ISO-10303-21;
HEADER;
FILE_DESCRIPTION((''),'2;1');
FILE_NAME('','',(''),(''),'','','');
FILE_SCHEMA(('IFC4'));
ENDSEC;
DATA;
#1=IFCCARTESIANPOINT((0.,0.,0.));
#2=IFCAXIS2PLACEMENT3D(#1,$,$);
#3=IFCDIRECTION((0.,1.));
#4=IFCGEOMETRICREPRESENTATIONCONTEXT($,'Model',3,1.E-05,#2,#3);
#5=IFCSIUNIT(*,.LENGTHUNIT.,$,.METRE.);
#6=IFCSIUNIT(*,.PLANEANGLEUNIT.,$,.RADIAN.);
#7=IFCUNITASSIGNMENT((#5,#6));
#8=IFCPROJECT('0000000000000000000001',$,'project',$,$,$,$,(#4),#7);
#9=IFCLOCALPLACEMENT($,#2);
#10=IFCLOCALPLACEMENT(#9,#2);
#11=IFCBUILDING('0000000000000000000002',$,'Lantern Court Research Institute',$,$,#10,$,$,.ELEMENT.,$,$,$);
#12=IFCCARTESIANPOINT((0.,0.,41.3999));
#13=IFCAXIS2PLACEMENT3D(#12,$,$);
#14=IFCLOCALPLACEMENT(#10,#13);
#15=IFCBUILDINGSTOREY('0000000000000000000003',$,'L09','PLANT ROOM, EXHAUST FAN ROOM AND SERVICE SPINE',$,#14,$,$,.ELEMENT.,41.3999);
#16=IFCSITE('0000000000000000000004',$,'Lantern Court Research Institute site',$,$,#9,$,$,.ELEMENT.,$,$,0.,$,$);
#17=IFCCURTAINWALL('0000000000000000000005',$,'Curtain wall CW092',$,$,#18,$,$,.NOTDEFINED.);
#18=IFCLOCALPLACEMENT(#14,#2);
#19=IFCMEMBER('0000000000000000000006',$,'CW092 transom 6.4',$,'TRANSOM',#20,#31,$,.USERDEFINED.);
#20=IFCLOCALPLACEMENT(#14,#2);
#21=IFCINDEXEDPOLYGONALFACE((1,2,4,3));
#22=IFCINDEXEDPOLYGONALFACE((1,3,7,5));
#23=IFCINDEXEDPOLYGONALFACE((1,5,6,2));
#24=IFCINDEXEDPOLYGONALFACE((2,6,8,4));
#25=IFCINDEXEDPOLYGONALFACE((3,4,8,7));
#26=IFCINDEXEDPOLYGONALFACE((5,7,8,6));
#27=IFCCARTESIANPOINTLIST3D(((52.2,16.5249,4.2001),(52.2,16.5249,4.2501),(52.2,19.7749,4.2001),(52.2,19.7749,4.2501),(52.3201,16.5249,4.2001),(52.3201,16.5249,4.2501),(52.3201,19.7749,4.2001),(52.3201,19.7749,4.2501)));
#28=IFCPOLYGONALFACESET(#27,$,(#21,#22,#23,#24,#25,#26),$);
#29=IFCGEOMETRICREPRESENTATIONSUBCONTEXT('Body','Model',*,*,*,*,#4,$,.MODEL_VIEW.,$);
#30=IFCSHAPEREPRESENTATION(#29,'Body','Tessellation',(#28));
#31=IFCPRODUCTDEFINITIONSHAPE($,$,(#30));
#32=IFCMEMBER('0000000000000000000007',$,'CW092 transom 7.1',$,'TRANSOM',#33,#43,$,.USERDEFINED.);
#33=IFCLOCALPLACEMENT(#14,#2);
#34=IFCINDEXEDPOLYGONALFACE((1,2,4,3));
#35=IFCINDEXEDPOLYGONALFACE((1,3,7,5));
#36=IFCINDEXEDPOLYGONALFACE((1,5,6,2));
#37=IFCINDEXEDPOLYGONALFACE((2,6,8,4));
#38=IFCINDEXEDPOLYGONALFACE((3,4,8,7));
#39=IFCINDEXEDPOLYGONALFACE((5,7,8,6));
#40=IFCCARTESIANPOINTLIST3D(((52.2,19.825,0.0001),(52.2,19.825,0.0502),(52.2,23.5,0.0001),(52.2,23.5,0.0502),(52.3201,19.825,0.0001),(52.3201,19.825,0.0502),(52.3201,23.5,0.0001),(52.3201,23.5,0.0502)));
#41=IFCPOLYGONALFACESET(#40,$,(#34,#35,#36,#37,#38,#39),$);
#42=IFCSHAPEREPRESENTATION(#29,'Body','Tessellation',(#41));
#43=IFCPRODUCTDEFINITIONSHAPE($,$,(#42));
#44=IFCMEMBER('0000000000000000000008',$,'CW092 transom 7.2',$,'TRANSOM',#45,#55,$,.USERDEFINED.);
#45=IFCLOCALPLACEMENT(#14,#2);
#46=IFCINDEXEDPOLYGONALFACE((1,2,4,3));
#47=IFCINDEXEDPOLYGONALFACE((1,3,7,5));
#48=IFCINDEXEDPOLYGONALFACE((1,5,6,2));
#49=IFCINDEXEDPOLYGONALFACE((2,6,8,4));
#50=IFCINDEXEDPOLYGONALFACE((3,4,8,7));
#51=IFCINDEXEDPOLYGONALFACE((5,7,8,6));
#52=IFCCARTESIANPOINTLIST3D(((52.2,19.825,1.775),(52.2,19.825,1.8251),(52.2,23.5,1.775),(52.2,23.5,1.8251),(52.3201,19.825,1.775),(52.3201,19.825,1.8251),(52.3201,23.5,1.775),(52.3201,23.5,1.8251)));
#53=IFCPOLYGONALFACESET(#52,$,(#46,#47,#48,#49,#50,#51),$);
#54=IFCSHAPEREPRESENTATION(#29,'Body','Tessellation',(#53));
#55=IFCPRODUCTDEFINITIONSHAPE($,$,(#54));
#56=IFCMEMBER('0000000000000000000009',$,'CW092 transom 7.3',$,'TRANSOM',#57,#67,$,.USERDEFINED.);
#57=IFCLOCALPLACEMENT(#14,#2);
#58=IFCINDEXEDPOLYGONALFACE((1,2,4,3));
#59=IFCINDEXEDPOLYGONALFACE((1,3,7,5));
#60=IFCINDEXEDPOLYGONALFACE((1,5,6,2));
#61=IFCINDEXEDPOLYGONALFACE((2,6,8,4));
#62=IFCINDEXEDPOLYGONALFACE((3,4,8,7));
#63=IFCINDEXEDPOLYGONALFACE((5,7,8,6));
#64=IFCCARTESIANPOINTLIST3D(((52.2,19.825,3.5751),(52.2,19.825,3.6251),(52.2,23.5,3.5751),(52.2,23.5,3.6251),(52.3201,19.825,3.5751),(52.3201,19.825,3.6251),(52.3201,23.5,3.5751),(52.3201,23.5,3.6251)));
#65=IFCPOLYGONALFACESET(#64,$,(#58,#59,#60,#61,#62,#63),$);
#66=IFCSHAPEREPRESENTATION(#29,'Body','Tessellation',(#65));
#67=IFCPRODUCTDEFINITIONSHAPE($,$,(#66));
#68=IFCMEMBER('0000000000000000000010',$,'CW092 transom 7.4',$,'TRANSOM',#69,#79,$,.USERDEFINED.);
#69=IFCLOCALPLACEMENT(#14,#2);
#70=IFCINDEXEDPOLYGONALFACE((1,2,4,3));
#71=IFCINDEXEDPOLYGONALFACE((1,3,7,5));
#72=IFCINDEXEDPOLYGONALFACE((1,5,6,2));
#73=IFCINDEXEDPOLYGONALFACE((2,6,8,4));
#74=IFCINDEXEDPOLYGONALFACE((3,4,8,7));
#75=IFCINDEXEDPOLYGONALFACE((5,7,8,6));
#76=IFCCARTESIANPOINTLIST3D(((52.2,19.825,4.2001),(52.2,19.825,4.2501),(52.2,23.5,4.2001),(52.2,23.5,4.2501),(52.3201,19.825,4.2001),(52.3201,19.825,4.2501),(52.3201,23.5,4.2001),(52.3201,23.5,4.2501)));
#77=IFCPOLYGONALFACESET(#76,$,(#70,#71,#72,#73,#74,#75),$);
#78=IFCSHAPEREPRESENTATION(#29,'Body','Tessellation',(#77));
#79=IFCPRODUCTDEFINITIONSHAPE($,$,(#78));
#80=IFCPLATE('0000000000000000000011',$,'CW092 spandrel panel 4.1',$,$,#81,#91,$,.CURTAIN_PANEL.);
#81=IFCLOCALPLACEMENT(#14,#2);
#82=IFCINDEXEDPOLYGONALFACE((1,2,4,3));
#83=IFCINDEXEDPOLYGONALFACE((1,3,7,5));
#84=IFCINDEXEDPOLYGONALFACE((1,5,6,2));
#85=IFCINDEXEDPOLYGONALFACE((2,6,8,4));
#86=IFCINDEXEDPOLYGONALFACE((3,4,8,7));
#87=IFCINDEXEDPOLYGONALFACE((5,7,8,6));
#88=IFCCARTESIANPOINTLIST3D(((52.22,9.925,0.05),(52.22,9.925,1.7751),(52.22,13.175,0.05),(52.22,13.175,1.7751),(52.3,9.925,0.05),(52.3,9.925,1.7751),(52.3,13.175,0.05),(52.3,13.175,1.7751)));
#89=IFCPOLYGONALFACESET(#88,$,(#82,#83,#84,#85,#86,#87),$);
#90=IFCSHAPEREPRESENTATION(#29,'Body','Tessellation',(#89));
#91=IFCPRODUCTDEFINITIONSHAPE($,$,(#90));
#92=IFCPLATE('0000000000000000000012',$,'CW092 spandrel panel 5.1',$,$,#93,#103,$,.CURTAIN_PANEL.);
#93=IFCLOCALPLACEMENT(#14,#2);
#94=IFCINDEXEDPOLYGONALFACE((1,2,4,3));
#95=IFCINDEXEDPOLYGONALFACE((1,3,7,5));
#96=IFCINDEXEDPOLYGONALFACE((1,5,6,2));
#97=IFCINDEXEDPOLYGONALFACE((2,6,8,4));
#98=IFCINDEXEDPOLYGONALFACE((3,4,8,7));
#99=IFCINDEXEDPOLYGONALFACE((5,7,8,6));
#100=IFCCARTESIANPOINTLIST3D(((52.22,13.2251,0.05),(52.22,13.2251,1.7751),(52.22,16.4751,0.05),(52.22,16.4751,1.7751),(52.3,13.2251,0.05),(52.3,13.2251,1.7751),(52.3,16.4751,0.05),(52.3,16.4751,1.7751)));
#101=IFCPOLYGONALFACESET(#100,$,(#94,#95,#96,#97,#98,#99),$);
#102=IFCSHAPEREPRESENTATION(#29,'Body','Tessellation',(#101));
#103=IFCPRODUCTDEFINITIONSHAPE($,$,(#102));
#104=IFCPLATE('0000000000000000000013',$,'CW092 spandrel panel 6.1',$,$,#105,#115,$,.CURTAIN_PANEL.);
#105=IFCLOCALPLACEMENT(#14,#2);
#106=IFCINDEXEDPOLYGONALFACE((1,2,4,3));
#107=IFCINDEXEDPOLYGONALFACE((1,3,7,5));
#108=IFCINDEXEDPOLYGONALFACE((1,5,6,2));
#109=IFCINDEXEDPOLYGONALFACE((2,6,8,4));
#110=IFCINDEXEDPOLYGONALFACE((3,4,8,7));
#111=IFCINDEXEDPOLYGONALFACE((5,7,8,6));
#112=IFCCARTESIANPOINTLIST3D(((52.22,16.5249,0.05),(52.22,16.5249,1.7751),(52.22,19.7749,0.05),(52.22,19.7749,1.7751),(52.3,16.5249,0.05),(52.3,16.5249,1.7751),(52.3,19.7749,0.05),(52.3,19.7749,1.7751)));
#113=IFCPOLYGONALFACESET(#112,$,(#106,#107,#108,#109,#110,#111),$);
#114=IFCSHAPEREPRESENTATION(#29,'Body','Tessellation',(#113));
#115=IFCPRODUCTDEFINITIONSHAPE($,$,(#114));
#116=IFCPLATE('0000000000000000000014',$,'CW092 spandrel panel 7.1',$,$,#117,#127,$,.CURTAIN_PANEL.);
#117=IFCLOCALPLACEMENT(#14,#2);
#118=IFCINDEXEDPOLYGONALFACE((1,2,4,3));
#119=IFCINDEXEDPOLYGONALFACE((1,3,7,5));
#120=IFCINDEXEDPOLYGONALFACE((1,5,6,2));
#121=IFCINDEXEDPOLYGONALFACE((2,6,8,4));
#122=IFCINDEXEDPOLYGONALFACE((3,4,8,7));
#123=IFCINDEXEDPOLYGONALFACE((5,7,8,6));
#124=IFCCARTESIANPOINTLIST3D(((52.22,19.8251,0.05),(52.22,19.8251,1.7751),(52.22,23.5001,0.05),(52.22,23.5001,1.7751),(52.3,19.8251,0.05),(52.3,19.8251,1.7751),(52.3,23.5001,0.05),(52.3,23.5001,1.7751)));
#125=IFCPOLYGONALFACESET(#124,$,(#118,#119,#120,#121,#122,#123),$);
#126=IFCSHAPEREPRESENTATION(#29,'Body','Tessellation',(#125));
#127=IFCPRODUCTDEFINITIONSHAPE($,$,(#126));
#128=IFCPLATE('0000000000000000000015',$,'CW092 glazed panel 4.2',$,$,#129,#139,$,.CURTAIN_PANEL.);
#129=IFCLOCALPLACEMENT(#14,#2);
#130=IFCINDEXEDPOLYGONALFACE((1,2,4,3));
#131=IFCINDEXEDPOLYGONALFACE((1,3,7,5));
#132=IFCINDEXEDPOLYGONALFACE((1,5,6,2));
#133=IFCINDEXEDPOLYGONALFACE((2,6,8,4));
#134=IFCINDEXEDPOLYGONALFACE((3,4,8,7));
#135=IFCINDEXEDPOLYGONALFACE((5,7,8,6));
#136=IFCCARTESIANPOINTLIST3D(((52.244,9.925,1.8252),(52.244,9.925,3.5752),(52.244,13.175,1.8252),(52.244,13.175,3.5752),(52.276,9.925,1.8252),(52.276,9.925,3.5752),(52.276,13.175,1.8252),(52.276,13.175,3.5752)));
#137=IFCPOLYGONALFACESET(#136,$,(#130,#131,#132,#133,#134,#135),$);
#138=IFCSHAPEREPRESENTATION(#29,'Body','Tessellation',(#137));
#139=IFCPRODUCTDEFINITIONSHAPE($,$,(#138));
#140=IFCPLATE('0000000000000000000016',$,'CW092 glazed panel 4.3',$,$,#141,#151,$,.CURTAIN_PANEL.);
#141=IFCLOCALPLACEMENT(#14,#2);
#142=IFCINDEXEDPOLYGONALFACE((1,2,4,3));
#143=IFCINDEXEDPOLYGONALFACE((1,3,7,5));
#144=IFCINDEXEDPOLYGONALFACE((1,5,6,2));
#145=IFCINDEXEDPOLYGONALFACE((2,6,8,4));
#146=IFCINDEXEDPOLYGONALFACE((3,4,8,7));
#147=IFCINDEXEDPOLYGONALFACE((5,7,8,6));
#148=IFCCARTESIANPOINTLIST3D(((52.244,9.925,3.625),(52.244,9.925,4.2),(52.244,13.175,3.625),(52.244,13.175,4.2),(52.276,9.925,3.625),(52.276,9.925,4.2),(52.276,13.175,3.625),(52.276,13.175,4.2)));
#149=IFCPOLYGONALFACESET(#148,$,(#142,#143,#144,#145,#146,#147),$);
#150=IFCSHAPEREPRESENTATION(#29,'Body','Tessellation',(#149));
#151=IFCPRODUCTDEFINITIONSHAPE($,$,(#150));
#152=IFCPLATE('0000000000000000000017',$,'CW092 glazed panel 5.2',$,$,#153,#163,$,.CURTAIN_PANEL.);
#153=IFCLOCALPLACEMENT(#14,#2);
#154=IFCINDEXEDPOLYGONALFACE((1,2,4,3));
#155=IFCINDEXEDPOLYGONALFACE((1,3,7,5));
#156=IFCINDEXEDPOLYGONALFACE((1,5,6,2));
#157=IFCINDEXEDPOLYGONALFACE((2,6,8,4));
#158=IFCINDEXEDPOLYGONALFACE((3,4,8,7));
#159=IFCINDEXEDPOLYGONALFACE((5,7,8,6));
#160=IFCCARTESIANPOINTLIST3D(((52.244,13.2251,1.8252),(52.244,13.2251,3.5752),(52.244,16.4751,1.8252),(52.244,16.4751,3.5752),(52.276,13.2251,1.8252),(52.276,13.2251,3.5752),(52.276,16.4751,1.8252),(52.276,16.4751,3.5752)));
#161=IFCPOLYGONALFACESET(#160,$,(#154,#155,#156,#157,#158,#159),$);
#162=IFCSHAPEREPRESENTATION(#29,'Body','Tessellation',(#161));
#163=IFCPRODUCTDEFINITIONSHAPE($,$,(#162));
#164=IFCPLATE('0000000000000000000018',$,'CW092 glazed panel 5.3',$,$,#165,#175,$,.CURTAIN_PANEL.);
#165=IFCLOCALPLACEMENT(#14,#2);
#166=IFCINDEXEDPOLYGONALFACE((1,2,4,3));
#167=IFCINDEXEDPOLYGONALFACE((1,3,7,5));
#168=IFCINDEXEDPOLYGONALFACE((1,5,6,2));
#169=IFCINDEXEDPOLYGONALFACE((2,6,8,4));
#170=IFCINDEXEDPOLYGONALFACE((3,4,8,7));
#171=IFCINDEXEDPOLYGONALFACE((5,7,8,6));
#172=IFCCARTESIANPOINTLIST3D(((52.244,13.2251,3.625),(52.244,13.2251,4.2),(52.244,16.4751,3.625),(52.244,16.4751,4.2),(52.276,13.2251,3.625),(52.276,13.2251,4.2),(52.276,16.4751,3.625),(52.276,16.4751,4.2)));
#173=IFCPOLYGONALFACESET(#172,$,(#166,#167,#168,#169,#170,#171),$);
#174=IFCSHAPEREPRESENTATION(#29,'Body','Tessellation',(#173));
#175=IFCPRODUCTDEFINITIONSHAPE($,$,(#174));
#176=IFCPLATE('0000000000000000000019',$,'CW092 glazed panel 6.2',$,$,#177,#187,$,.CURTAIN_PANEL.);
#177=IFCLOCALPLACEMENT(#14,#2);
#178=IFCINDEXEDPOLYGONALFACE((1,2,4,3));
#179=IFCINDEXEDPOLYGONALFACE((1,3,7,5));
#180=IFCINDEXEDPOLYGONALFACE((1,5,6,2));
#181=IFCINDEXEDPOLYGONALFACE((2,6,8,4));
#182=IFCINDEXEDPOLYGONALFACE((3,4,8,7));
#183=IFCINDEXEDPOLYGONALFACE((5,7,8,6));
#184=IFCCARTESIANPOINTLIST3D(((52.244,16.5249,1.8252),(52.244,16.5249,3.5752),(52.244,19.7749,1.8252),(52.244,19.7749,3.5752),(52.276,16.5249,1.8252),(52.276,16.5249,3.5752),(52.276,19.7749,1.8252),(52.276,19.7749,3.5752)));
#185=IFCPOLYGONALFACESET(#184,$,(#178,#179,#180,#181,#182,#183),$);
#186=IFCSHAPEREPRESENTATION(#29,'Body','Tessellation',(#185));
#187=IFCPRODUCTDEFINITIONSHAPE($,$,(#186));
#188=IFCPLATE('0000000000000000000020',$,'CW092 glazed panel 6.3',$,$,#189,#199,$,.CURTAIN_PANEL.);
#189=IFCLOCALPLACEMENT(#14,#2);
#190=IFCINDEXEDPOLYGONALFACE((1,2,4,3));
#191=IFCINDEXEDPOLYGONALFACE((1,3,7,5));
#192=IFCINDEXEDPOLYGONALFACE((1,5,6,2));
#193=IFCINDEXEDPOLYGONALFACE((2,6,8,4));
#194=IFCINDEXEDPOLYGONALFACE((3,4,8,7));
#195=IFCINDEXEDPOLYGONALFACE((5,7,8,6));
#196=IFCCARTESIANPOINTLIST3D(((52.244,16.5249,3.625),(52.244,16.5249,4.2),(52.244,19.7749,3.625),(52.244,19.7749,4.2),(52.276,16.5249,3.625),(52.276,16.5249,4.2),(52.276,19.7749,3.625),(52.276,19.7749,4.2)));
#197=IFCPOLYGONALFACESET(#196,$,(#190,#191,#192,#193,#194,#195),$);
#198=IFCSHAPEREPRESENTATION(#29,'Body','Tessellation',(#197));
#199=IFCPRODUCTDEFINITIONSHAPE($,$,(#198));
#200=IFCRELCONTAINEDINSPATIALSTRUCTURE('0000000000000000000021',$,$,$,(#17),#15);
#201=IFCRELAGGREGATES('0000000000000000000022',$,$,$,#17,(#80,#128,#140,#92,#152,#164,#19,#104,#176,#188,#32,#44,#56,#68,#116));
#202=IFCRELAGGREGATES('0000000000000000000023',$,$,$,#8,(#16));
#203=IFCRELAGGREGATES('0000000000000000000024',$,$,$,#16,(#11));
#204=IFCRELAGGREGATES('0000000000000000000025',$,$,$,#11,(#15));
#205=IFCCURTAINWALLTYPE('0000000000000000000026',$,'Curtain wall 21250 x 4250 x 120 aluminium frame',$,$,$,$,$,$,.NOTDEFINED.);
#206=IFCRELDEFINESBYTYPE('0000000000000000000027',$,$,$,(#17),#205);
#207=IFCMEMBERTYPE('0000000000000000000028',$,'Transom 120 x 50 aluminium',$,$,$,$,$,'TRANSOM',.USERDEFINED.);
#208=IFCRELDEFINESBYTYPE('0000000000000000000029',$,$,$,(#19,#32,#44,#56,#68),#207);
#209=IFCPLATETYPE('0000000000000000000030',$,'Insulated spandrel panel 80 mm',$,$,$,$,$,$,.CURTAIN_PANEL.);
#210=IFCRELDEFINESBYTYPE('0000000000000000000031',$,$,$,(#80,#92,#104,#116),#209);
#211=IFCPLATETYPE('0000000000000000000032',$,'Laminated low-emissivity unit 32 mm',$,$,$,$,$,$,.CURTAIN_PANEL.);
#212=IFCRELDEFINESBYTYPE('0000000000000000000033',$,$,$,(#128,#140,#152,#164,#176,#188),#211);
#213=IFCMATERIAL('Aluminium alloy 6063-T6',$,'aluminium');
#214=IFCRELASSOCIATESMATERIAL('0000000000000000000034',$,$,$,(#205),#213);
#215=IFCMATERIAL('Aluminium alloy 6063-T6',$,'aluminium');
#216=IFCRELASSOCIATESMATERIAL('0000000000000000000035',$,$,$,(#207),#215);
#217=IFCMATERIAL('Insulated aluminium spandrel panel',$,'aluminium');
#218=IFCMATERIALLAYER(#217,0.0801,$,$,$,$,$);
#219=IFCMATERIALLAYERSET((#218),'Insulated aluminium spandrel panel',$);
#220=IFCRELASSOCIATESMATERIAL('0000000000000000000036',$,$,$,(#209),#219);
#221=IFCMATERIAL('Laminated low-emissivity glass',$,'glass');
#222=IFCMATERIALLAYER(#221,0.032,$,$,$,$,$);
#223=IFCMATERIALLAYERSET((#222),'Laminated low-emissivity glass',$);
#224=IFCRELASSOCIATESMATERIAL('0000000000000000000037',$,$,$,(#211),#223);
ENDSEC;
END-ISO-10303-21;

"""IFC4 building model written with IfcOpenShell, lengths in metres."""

from ifc_helpers import new_model, si_unit, direction, frame, origin, origin_2d, place, context, subcontext, project, spatial, rectangle, extrude, material, layer, layer_set, material_profile, profile_set, type_object, element, aggregate, save


model = new_model("IFC4")

# Units and contexts
model_context = context("Model", 3, precision=1e-05, world=origin(), true_north=direction((0.0, 1.0)))
body_context = subcontext(model_context, "Body", "Model", "MODEL_VIEW")
ifc_project = project(units=[si_unit("LENGTHUNIT", "METRE"), si_unit("PLANEANGLEUNIT", "RADIAN")], contexts=[model_context])

# Site, building, storey
site_placement = place(None, origin())
site = spatial("IfcSite", under=ifc_project, at=site_placement, Name="Lantern Court Research Institute site", CompositionType="ELEMENT", RefElevation=0.0)
building_placement = place(site_placement, origin())
building = spatial("IfcBuilding", under=site, at=building_placement, Name="Lantern Court Research Institute", CompositionType="ELEMENT")
storey_placement = place(building_placement, frame((0.0, 0.0, 41.3999)))
storey = spatial("IfcBuildingStorey", under=building, at=storey_placement, Name="L09", Description="PLANT ROOM, EXHAUST FAN ROOM AND SERVICE SPINE", CompositionType="ELEMENT", Elevation=41.3999)

# Curtain wall, members, plates
ifc_material_1 = material(Name="Aluminium alloy 6063-T6", Category="aluminium")
curtain_wall_type = type_object("IfcCurtainWallType", Name="Curtain wall 21250 x 4250 x 120 aluminium frame", PredefinedType="NOTDEFINED", material=ifc_material_1)
curtain_wall_placement = place(storey_placement, origin())
curtain_wall = element("IfcCurtainWall", 1, at=curtain_wall_placement, inside=storey, type_object=curtain_wall_type, Name="Curtain wall CW092", PredefinedType="NOTDEFINED")
ifc_material_2 = material(Name="Aluminium alloy 6063-T6", Category="aluminium")
ifc_material_profile_1 = material_profile(ifc_material_2, rectangle(XDim=0.1201, YDim=0.05, at=origin_2d()), Name="Transom 120 x 50")
ifc_profile_set_1 = profile_set([ifc_material_profile_1], Name="Aluminium alloy 6063-T6")
member_type = type_object("IfcMemberType", Name="Transom 120 x 50 aluminium", ElementType="TRANSOM", PredefinedType="USERDEFINED", material=ifc_profile_set_1)
member_1_placement = place(storey_placement, frame((52.26, 16.5249, 4.2251), z_axis=(0.0, 1.0, 0.0), x_axis=(-1.0, 0.0, 0.0)))
member_1 = element("IfcMember", 2, at=member_1_placement, type_object=member_type, Name="CW092 transom 6.4", ObjectType="TRANSOM", PredefinedType="USERDEFINED", context=body_context, shape_type="SweptSolid", body=[
    extrude(rectangle(XDim=0.1201, YDim=0.05, at=origin_2d()), origin(), (0.0, 0.0, 1.0), 3.25),
])
member_2_placement = place(storey_placement, frame((52.26, 19.825, 0.0251), z_axis=(0.0, 1.0, 0.0), x_axis=(-1.0, 0.0, 0.0)))
member_2 = element("IfcMember", 3, at=member_2_placement, type_object=member_type, Name="CW092 transom 7.1", ObjectType="TRANSOM", PredefinedType="USERDEFINED", context=body_context, shape_type="SweptSolid", body=[
    extrude(rectangle(XDim=0.1201, YDim=0.05, at=origin_2d()), origin(), (0.0, 0.0, 1.0), 3.675),
])
member_3_placement = place(storey_placement, frame((52.26, 19.825, 1.8), z_axis=(0.0, 1.0, 0.0), x_axis=(-1.0, 0.0, 0.0)))
member_3 = element("IfcMember", 4, at=member_3_placement, type_object=member_type, Name="CW092 transom 7.2", ObjectType="TRANSOM", PredefinedType="USERDEFINED", context=body_context, shape_type="SweptSolid", body=[
    extrude(rectangle(XDim=0.1201, YDim=0.05, at=origin_2d()), origin(), (0.0, 0.0, 1.0), 3.675),
])
member_4_placement = place(storey_placement, frame((52.26, 19.825, 3.6001), z_axis=(0.0, 1.0, 0.0), x_axis=(-1.0, 0.0, 0.0)))
member_4 = element("IfcMember", 5, at=member_4_placement, type_object=member_type, Name="CW092 transom 7.3", ObjectType="TRANSOM", PredefinedType="USERDEFINED", context=body_context, shape_type="SweptSolid", body=[
    extrude(rectangle(XDim=0.1201, YDim=0.05, at=origin_2d()), origin(), (0.0, 0.0, 1.0), 3.675),
])
member_5_placement = place(storey_placement, frame((52.26, 19.825, 4.2251), z_axis=(0.0, 1.0, 0.0), x_axis=(-1.0, 0.0, 0.0)))
member_5 = element("IfcMember", 6, at=member_5_placement, type_object=member_type, Name="CW092 transom 7.4", ObjectType="TRANSOM", PredefinedType="USERDEFINED", context=body_context, shape_type="SweptSolid", body=[
    extrude(rectangle(XDim=0.1201, YDim=0.05, at=origin_2d()), origin(), (0.0, 0.0, 1.0), 3.675),
])
ifc_material_3 = material(Name="Insulated aluminium spandrel panel", Category="aluminium")
ifc_layer_1 = layer(ifc_material_3, 0.0801)
ifc_layer_set_1 = layer_set([ifc_layer_1], Name="Insulated aluminium spandrel panel")
plate_type_1 = type_object("IfcPlateType", Name="Insulated spandrel panel 80 mm", PredefinedType="CURTAIN_PANEL", material=ifc_layer_set_1)
plate_1_placement = place(storey_placement, frame((52.26, 11.55, 0.05), z_axis=(0.0, 0.0, 1.0), x_axis=(0.0, 1.0, 0.0)))
plate_1 = element("IfcPlate", 7, at=plate_1_placement, type_object=plate_type_1, Name="CW092 spandrel panel 4.1", PredefinedType="CURTAIN_PANEL", context=body_context, shape_type="SweptSolid", body=[
    extrude(rectangle(XDim=3.25, YDim=0.0801, at=origin_2d()), origin(), (0.0, 0.0, 1.0), 1.7251),
])
plate_2_placement = place(storey_placement, frame((52.26, 14.8501, 0.05), z_axis=(0.0, 0.0, 1.0), x_axis=(0.0, 1.0, 0.0)))
plate_2 = element("IfcPlate", 8, at=plate_2_placement, type_object=plate_type_1, Name="CW092 spandrel panel 5.1", PredefinedType="CURTAIN_PANEL", context=body_context, shape_type="SweptSolid", body=[
    extrude(rectangle(XDim=3.25, YDim=0.0801, at=origin_2d()), origin(), (0.0, 0.0, 1.0), 1.7251),
])
plate_3_placement = place(storey_placement, frame((52.26, 18.1499, 0.05), z_axis=(0.0, 0.0, 1.0), x_axis=(0.0, 1.0, 0.0)))
plate_3 = element("IfcPlate", 9, at=plate_3_placement, type_object=plate_type_1, Name="CW092 spandrel panel 6.1", PredefinedType="CURTAIN_PANEL", context=body_context, shape_type="SweptSolid", body=[
    extrude(rectangle(XDim=3.25, YDim=0.0801, at=origin_2d()), origin(), (0.0, 0.0, 1.0), 1.7251),
])
plate_4_placement = place(storey_placement, frame((52.26, 21.6626, 0.05), z_axis=(0.0, 0.0, 1.0), x_axis=(0.0, 1.0, 0.0)))
plate_4 = element("IfcPlate", 10, at=plate_4_placement, type_object=plate_type_1, Name="CW092 spandrel panel 7.1", PredefinedType="CURTAIN_PANEL", context=body_context, shape_type="SweptSolid", body=[
    extrude(rectangle(XDim=3.675, YDim=0.0801, at=origin_2d()), origin(), (0.0, 0.0, 1.0), 1.7251),
])
ifc_material_4 = material(Name="Laminated low-emissivity glass", Category="glass")
ifc_layer_2 = layer(ifc_material_4, 0.032)
ifc_layer_set_2 = layer_set([ifc_layer_2], Name="Laminated low-emissivity glass")
plate_type_2 = type_object("IfcPlateType", Name="Laminated low-emissivity unit 32 mm", PredefinedType="CURTAIN_PANEL", material=ifc_layer_set_2)
plate_5_placement = place(storey_placement, frame((52.26, 11.55, 1.8252), z_axis=(0.0, 0.0, 1.0), x_axis=(0.0, 1.0, 0.0)))
plate_5 = element("IfcPlate", 11, at=plate_5_placement, type_object=plate_type_2, Name="CW092 glazed panel 4.2", PredefinedType="CURTAIN_PANEL", context=body_context, shape_type="SweptSolid", body=[
    extrude(rectangle(XDim=3.25, YDim=0.032, at=origin_2d()), origin(), (0.0, 0.0, 1.0), 1.75),
])
plate_6_placement = place(storey_placement, frame((52.26, 11.55, 3.625), z_axis=(0.0, 0.0, 1.0), x_axis=(0.0, 1.0, 0.0)))
plate_6 = element("IfcPlate", 12, at=plate_6_placement, type_object=plate_type_2, Name="CW092 glazed panel 4.3", PredefinedType="CURTAIN_PANEL", context=body_context, shape_type="SweptSolid", body=[
    extrude(rectangle(XDim=3.25, YDim=0.032, at=origin_2d()), origin(), (0.0, 0.0, 1.0), 0.575),
])
plate_7_placement = place(storey_placement, frame((52.26, 14.8501, 1.8252), z_axis=(0.0, 0.0, 1.0), x_axis=(0.0, 1.0, 0.0)))
plate_7 = element("IfcPlate", 13, at=plate_7_placement, type_object=plate_type_2, Name="CW092 glazed panel 5.2", PredefinedType="CURTAIN_PANEL", context=body_context, shape_type="SweptSolid", body=[
    extrude(rectangle(XDim=3.25, YDim=0.032, at=origin_2d()), origin(), (0.0, 0.0, 1.0), 1.75),
])
plate_8_placement = place(storey_placement, frame((52.26, 14.8501, 3.625), z_axis=(0.0, 0.0, 1.0), x_axis=(0.0, 1.0, 0.0)))
plate_8 = element("IfcPlate", 14, at=plate_8_placement, type_object=plate_type_2, Name="CW092 glazed panel 5.3", PredefinedType="CURTAIN_PANEL", context=body_context, shape_type="SweptSolid", body=[
    extrude(rectangle(XDim=3.25, YDim=0.032, at=origin_2d()), origin(), (0.0, 0.0, 1.0), 0.575),
])
plate_9_placement = place(storey_placement, frame((52.26, 18.1499, 1.8252), z_axis=(0.0, 0.0, 1.0), x_axis=(0.0, 1.0, 0.0)))
plate_9 = element("IfcPlate", 15, at=plate_9_placement, type_object=plate_type_2, Name="CW092 glazed panel 6.2", PredefinedType="CURTAIN_PANEL", context=body_context, shape_type="SweptSolid", body=[
    extrude(rectangle(XDim=3.25, YDim=0.032, at=origin_2d()), origin(), (0.0, 0.0, 1.0), 1.75),
])
plate_10_placement = place(storey_placement, frame((52.26, 18.1499, 3.625), z_axis=(0.0, 0.0, 1.0), x_axis=(0.0, 1.0, 0.0)))
plate_10 = element("IfcPlate", 16, at=plate_10_placement, type_object=plate_type_2, Name="CW092 glazed panel 6.3", PredefinedType="CURTAIN_PANEL", context=body_context, shape_type="SweptSolid", body=[
    extrude(rectangle(XDim=3.25, YDim=0.032, at=origin_2d()), origin(), (0.0, 0.0, 1.0), 0.575),
])
aggregate(curtain_wall, [plate_1, plate_5, plate_6, plate_2, plate_7, plate_8, member_1, plate_3, plate_9, plate_10, member_2, member_3, member_4, member_5, plate_4])

save(model, "model.ifc")
